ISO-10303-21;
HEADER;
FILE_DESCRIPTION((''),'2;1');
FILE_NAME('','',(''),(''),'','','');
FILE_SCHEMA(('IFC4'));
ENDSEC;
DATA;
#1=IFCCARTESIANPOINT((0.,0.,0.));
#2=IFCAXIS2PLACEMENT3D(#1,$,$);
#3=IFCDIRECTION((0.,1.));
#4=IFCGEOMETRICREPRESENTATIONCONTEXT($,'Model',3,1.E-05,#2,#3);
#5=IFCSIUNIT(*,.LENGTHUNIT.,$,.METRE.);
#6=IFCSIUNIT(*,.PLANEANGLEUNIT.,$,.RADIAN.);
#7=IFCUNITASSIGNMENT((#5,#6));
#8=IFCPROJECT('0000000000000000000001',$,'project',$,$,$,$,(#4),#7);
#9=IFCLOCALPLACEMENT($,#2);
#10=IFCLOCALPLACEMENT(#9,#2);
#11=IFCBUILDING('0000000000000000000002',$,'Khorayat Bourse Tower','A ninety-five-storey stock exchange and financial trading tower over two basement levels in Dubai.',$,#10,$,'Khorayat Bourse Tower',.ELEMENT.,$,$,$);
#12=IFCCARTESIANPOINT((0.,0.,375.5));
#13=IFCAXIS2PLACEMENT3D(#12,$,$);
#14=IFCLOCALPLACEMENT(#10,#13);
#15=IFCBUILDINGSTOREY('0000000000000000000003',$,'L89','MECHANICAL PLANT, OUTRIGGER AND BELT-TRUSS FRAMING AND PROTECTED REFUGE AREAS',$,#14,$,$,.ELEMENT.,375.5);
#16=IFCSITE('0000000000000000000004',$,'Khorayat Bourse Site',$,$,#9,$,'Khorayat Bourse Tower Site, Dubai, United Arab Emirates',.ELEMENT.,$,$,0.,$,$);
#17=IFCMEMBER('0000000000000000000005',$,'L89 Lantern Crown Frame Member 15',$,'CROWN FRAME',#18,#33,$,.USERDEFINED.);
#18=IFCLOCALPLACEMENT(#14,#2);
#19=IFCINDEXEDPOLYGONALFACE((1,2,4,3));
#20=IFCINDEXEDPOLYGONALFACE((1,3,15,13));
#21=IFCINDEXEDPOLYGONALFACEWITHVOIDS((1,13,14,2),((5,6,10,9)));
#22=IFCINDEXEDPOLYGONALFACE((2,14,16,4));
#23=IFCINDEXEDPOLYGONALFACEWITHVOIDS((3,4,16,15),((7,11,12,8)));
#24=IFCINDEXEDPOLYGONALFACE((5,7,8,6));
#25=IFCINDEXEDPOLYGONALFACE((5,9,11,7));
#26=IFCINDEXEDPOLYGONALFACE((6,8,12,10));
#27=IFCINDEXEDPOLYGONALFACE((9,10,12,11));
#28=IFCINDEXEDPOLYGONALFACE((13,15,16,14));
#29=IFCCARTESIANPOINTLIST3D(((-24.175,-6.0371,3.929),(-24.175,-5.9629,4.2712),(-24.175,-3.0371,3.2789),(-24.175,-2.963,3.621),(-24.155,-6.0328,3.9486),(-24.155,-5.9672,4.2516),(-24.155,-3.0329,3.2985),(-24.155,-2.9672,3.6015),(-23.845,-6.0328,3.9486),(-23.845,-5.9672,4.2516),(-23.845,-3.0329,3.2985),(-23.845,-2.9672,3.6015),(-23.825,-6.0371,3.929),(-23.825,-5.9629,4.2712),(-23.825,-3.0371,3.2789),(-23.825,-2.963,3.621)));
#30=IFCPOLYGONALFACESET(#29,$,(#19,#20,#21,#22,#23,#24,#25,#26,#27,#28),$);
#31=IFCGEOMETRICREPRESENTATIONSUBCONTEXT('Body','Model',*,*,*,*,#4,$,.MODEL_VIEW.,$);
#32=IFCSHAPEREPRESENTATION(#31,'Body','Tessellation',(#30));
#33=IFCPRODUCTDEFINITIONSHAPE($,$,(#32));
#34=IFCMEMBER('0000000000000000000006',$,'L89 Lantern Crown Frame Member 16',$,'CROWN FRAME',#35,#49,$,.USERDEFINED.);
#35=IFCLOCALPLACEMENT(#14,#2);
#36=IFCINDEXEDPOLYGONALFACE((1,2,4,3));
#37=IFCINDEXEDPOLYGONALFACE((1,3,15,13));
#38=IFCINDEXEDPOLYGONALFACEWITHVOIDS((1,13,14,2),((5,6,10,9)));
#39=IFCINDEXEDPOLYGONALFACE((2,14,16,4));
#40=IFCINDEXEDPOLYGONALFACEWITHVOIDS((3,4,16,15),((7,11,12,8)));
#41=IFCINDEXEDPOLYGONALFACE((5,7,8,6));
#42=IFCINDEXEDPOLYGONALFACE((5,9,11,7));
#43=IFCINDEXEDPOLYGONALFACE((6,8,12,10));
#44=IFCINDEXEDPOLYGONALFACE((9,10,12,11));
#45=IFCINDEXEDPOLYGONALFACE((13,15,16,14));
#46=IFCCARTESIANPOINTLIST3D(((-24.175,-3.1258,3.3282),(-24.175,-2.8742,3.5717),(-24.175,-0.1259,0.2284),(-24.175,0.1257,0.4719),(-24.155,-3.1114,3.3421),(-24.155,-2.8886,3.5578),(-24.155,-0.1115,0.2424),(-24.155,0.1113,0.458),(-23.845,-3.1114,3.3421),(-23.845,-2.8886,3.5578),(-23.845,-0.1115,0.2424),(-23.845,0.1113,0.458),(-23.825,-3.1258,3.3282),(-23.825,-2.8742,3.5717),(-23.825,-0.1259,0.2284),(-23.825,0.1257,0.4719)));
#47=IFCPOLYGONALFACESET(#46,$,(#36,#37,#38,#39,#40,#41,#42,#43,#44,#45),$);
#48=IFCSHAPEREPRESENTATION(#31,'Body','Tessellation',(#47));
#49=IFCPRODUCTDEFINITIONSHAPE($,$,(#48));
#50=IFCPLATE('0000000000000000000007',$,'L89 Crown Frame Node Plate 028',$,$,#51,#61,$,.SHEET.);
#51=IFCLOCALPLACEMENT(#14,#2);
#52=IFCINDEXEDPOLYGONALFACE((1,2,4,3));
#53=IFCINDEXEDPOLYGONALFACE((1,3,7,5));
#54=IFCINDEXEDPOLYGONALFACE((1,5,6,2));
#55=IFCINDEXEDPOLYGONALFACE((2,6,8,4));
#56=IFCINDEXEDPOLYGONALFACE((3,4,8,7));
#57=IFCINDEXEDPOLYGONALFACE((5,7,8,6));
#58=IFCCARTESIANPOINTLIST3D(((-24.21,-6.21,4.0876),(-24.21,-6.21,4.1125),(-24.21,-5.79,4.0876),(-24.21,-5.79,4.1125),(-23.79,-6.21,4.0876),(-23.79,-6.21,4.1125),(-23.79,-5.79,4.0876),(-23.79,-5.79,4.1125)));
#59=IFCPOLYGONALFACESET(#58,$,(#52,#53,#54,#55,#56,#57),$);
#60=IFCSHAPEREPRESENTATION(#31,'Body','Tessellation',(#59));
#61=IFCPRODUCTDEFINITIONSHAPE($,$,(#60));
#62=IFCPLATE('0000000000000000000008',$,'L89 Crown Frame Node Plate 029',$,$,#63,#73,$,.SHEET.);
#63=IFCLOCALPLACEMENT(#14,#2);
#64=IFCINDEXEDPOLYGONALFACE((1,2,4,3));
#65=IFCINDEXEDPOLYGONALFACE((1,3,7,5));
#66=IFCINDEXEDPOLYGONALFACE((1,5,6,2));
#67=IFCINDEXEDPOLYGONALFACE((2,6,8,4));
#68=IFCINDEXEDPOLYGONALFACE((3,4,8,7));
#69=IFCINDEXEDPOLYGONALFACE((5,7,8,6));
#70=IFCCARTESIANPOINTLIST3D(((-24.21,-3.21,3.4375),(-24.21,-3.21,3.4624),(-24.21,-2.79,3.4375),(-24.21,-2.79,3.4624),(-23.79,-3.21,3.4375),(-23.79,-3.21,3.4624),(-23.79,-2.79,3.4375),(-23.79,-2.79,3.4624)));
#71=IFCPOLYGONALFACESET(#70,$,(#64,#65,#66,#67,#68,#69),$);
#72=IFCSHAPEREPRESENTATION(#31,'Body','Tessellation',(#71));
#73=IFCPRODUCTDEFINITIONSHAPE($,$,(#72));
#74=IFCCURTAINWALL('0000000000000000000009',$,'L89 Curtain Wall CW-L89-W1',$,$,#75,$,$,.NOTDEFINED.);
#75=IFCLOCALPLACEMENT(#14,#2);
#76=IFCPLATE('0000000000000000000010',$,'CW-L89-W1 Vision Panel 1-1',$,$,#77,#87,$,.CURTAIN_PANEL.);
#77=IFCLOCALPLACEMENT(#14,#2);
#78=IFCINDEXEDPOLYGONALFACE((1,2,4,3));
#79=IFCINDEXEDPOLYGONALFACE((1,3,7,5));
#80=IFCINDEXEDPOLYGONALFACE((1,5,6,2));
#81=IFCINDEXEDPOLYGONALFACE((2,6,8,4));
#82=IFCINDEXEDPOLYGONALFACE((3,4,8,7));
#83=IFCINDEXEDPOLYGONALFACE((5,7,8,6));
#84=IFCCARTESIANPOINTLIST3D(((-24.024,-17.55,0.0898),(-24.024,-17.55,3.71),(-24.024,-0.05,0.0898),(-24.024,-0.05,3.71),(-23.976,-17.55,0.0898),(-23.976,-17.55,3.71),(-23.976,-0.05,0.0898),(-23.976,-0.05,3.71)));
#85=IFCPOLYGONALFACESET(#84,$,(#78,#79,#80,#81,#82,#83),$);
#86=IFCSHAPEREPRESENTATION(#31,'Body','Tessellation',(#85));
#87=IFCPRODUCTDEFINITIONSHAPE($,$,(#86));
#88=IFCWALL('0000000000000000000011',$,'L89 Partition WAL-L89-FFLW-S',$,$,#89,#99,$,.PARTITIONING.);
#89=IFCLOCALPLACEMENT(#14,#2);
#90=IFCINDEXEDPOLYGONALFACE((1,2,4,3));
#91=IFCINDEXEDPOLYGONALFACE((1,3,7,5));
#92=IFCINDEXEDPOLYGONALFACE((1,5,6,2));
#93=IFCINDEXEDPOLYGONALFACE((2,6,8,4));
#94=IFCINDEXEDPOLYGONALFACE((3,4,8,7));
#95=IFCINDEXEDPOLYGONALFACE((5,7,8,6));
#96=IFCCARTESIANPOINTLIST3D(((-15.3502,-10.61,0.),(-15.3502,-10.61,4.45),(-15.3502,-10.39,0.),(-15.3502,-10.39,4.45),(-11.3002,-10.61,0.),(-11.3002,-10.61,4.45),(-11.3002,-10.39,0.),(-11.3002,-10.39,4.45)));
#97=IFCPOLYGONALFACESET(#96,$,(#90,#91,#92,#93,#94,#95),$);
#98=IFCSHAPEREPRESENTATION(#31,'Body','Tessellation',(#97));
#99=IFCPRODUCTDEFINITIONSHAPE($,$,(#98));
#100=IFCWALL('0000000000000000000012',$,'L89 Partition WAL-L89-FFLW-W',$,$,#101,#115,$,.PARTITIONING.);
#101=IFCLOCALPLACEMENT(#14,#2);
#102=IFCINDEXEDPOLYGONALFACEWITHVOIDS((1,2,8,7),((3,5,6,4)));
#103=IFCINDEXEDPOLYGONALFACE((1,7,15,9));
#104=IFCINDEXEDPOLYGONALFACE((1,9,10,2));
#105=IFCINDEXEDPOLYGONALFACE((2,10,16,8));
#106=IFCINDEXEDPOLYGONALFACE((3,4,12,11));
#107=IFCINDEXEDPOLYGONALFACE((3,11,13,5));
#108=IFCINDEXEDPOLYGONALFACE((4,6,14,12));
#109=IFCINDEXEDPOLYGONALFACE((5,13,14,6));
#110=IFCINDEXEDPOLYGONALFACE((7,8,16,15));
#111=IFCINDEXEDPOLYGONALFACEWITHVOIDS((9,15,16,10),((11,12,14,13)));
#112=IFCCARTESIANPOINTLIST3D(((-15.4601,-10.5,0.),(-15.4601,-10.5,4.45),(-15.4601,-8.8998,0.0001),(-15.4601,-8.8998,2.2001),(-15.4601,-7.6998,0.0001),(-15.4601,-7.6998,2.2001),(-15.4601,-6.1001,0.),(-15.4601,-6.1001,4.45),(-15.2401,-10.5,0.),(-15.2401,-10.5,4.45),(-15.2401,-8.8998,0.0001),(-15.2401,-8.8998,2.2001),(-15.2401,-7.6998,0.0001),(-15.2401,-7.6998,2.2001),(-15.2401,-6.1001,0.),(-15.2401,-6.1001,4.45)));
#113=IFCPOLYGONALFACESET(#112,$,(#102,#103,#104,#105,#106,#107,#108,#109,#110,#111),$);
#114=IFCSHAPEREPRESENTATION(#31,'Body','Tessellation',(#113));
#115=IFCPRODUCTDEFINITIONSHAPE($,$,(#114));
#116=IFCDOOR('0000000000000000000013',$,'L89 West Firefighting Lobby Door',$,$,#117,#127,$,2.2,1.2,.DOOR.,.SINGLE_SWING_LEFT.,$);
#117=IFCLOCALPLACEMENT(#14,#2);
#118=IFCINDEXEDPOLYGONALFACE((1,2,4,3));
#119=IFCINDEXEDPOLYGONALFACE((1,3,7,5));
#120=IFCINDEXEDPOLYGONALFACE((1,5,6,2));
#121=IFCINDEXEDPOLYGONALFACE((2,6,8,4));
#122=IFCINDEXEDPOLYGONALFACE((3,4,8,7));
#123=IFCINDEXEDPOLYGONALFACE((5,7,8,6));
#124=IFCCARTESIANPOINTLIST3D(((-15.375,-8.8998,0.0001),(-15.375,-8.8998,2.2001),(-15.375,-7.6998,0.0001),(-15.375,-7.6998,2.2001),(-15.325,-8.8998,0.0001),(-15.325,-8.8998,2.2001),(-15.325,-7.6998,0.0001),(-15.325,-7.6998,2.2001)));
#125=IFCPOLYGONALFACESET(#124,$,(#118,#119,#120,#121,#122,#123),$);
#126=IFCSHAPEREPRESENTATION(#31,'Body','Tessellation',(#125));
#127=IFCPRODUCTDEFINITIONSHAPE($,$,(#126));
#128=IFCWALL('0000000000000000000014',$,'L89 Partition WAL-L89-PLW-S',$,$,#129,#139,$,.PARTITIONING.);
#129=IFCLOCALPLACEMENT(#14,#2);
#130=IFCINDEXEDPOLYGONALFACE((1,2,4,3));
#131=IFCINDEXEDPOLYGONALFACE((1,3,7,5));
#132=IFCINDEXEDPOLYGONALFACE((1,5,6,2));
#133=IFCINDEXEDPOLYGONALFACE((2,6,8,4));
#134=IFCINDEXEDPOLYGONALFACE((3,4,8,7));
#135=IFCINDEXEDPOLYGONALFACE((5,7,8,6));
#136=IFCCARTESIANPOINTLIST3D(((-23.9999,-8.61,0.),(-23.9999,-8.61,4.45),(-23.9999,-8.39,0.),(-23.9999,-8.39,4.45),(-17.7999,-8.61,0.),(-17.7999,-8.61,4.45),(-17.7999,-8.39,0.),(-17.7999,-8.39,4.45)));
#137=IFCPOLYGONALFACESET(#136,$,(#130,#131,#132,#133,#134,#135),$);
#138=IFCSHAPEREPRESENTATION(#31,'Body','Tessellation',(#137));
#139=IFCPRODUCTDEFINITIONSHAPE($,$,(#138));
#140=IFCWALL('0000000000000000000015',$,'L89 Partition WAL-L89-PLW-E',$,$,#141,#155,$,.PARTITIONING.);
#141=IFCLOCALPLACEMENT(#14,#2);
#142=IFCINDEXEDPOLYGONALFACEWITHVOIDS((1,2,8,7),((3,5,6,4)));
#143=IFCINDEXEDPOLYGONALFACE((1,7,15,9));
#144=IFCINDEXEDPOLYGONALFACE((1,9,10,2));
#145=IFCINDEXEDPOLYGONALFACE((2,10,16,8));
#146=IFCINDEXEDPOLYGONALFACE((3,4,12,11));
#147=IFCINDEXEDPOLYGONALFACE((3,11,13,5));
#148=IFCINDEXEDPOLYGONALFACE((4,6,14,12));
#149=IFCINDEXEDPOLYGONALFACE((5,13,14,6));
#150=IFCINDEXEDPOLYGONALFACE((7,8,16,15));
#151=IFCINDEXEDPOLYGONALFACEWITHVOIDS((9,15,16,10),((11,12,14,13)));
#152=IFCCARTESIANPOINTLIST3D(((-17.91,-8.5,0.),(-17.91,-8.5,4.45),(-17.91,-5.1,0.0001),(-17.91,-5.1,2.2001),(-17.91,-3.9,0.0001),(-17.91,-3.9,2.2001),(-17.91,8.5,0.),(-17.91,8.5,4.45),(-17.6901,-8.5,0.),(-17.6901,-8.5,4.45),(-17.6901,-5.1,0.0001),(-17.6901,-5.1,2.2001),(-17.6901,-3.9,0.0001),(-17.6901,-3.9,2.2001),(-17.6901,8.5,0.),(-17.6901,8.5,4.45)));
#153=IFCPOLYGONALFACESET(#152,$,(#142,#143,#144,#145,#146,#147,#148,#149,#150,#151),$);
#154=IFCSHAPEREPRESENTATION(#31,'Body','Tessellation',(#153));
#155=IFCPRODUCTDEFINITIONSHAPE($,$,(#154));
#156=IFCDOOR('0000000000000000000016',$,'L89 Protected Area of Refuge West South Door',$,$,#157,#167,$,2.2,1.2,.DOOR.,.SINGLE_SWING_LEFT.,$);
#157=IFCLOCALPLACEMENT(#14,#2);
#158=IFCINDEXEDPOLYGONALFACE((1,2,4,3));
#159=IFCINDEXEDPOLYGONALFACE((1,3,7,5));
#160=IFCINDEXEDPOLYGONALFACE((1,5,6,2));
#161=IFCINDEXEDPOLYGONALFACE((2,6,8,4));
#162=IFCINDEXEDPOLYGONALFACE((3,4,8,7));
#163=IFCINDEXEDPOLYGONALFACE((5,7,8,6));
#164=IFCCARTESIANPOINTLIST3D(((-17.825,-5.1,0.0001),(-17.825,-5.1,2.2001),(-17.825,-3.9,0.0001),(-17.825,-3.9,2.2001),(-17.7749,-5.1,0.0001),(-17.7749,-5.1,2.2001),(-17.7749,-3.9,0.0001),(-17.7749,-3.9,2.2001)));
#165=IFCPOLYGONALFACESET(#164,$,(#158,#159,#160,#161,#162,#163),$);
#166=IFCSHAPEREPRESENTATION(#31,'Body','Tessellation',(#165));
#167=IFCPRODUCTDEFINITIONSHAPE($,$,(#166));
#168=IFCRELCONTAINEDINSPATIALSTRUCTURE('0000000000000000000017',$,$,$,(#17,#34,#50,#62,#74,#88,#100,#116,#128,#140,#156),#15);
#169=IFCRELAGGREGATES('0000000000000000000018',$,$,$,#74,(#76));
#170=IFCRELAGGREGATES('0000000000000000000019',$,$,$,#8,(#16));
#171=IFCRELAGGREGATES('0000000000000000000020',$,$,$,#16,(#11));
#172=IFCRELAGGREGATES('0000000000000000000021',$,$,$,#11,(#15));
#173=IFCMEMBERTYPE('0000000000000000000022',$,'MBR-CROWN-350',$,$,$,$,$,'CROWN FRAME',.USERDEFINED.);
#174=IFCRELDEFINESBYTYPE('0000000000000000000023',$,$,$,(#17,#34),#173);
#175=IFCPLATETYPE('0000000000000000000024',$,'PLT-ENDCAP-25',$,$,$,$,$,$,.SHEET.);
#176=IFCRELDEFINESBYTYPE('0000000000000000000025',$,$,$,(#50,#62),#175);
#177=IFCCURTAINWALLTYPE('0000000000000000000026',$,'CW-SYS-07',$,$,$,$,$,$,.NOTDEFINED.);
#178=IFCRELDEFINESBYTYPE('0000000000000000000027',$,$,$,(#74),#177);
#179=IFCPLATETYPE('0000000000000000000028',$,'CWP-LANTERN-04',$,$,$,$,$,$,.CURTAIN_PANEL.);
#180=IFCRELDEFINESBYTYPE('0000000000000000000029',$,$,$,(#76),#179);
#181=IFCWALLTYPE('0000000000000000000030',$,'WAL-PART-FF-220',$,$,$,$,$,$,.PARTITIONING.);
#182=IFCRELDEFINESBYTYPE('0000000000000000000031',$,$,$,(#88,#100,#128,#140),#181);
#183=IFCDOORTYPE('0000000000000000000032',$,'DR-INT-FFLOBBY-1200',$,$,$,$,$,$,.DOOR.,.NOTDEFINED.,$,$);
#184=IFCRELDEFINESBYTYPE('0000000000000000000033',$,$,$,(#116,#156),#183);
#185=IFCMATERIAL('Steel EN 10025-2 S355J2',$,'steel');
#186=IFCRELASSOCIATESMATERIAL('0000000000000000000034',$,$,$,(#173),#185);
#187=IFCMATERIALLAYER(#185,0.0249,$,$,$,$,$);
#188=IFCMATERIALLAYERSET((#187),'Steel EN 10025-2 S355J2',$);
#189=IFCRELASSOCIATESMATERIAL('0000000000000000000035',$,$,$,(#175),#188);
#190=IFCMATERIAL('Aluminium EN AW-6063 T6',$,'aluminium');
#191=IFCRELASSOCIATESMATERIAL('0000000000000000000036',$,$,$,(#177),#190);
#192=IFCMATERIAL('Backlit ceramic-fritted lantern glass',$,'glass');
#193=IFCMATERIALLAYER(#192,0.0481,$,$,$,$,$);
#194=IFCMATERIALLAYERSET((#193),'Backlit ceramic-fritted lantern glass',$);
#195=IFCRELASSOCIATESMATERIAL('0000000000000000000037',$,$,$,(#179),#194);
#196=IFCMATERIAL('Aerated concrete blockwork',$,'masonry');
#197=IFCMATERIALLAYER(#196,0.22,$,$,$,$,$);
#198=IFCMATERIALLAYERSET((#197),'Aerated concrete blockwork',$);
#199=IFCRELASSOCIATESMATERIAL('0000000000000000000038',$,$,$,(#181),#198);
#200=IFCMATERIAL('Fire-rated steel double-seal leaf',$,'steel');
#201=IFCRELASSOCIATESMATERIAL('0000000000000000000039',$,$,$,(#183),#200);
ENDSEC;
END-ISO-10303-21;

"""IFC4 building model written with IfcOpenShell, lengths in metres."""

from ifc_helpers import new_model, si_unit, direction, frame, frame_2d, origin, origin_2d, place, context, subcontext, project, spatial, rectangle, hollow_rectangle, extrude, source, transform, mapped, material, layer, layer_set, material_profile, profile_set, type_object, element, fill, aggregate, save


model = new_model("IFC4")

# Units and contexts
model_context = context("Model", 3, precision=1e-05, world=origin(), true_north=direction((0.0, 1.0)))
body_context = subcontext(model_context, "Body", "Model", "MODEL_VIEW")
ifc_project = project(units=[si_unit("LENGTHUNIT", "METRE"), si_unit("PLANEANGLEUNIT", "RADIAN")], contexts=[model_context])

# Site, building, storey
site_placement = place(None, origin())
site = spatial("IfcSite", under=ifc_project, at=site_placement, Name="Khorayat Bourse Site", LongName="Khorayat Bourse Tower Site, Dubai, United Arab Emirates", CompositionType="ELEMENT", RefElevation=0.0)
building_placement = place(site_placement, origin())
building = spatial("IfcBuilding", under=site, at=building_placement, Name="Khorayat Bourse Tower", Description="A ninety-five-storey stock exchange and financial trading tower over two basement levels in Dubai.", LongName="Khorayat Bourse Tower", CompositionType="ELEMENT")
storey_placement = place(building_placement, frame((0.0, 0.0, 375.5)))
storey = spatial("IfcBuildingStorey", under=building, at=storey_placement, Name="L89", Description="MECHANICAL PLANT, OUTRIGGER AND BELT-TRUSS FRAMING AND PROTECTED REFUGE AREAS", CompositionType="ELEMENT", Elevation=375.5)

# Shared definitions
ifc_material_1 = material(Name="Steel EN 10025-2 S355J2", Category="steel")

# Members
ifc_material_profile_1 = material_profile(ifc_material_1, hollow_rectangle(XDim=0.3501, YDim=0.3501, WallThickness=0.02, at=origin_2d()), Name="HSS 350x350x20")
ifc_profile_set_1 = profile_set([ifc_material_profile_1], Name="Steel EN 10025-2 S355J2")
member_type = type_object("IfcMemberType", Name="MBR-CROWN-350", ElementType="CROWN FRAME", PredefinedType="USERDEFINED", material=ifc_profile_set_1)
shared_shape_1 = source(origin(), body_context, "Body", "SweptSolid", [
    extrude(hollow_rectangle(XDim=0.3501, YDim=0.3501, WallThickness=0.02, at=origin_2d()), origin(), (0.0, 0.0, 1.0), 3.0696),
])
member_1_placement = place(storey_placement, frame((-24.0, -6.0, 4.1001), z_axis=(0.0, 0.977313, -0.211799), x_axis=(-1.0, 0.0, 0.0)))
element("IfcMember", 1, at=member_1_placement, inside=storey, type_object=member_type, Name="L89 Lantern Crown Frame Member 15", ObjectType="CROWN FRAME", PredefinedType="USERDEFINED", context=body_context, shape_type="MappedRepresentation", body=[
    mapped(shared_shape_1, transform((0.0, 0.0, 0.0), scale=1.0)),
])
shared_shape_2 = source(origin(), body_context, "Body", "SweptSolid", [
    extrude(hollow_rectangle(XDim=0.3501, YDim=0.3501, WallThickness=0.02, at=origin_2d()), origin(), (0.0, 0.0, 1.0), 4.3137),
])
member_2_placement = place(storey_placement, frame((-24.0, -3.0, 3.45), z_axis=(0.0, 0.695438, -0.718586), x_axis=(-1.0, 0.0, 0.0)))
element("IfcMember", 2, at=member_2_placement, inside=storey, type_object=member_type, Name="L89 Lantern Crown Frame Member 16", ObjectType="CROWN FRAME", PredefinedType="USERDEFINED", context=body_context, shape_type="MappedRepresentation", body=[
    mapped(shared_shape_2, transform((0.0, 0.0, 0.0), scale=1.0)),
])

# Plates
ifc_layer_1 = layer(ifc_material_1, 0.0249)
ifc_layer_set_1 = layer_set([ifc_layer_1], Name="Steel EN 10025-2 S355J2")
plate_type_1 = type_object("IfcPlateType", Name="PLT-ENDCAP-25", PredefinedType="SHEET", material=ifc_layer_set_1)
shared_shape_3 = source(origin(), body_context, "Body", "SweptSolid", [
    extrude(rectangle(XDim=0.4199, YDim=0.4199, at=origin_2d()), origin(), (0.0, 0.0, 1.0), 0.0249),
])
for number, where, z_axis, x_axis, name in (
    (3, (-24.0, -6.0, 4.0876), (0.0, 0.0, 1.0), (1.0, 0.0, 0.0), "L89 Crown Frame Node Plate 028"),
    (4, (-24.0, -3.0, 3.4375), (0.0, 0.0, 1.0), (1.0, 0.0, 0.0), "L89 Crown Frame Node Plate 029"),
):
    element("IfcPlate", number, at=place(storey_placement, frame(where, z_axis=z_axis, x_axis=x_axis)), inside=storey, type_object=plate_type_1, Name=name, PredefinedType="SHEET", context=body_context, shape_type="MappedRepresentation", body=[
        mapped(shared_shape_3, transform((0.0, 0.0, 0.0), scale=1.0)),
    ])

# Curtain wall, plate
ifc_material_2 = material(Name="Aluminium EN AW-6063 T6", Category="aluminium")
curtain_wall_type = type_object("IfcCurtainWallType", Name="CW-SYS-07", PredefinedType="NOTDEFINED", material=ifc_material_2)
curtain_wall_placement = place(storey_placement, origin())
curtain_wall = element("IfcCurtainWall", 5, at=curtain_wall_placement, inside=storey, type_object=curtain_wall_type, Name="L89 Curtain Wall CW-L89-W1", PredefinedType="NOTDEFINED")
ifc_material_3 = material(Name="Backlit ceramic-fritted lantern glass", Category="glass")
ifc_layer_2 = layer(ifc_material_3, 0.0481)
ifc_layer_set_2 = layer_set([ifc_layer_2], Name="Backlit ceramic-fritted lantern glass")
plate_type_2 = type_object("IfcPlateType", Name="CWP-LANTERN-04", PredefinedType="CURTAIN_PANEL", material=ifc_layer_set_2)
shared_shape_4 = source(origin(), body_context, "Body", "SweptSolid", [
    extrude(rectangle(XDim=17.5, YDim=0.0481, at=origin_2d()), origin(), (0.0, 0.0, 1.0), 3.6201),
])
plate_placement = place(storey_placement, frame((-24.0, -8.8, 0.0898), z_axis=(0.0, 0.0, 1.0), x_axis=(0.0, 1.0, 0.0)))
plate = element("IfcPlate", 6, at=plate_placement, type_object=plate_type_2, Name="CW-L89-W1 Vision Panel 1-1", PredefinedType="CURTAIN_PANEL", context=body_context, shape_type="MappedRepresentation", body=[
    mapped(shared_shape_4, transform((0.0, 0.0, 0.0), scale=1.0)),
])
aggregate(curtain_wall, [plate])

# Wall
ifc_material_4 = material(Name="Aerated concrete blockwork", Category="masonry")
ifc_layer_3 = layer(ifc_material_4, 0.22)
ifc_layer_set_3 = layer_set([ifc_layer_3], Name="Aerated concrete blockwork")
wall_type = type_object("IfcWallType", Name="WAL-PART-FF-220", PredefinedType="PARTITIONING", material=ifc_layer_set_3)
shared_shape_5 = source(origin(), body_context, "Body", "SweptSolid", [
    extrude(rectangle(XDim=4.05, YDim=0.22, at=frame_2d((2.0249, 0.0))), origin(), (0.0, 0.0, 1.0), 4.45),
])
wall_1_placement = place(storey_placement, frame((-15.3501, -10.5, 0.0), z_axis=(0.0, 0.0, 1.0), x_axis=(1.0, 0.0, 0.0)))
element("IfcWall", 7, at=wall_1_placement, inside=storey, type_object=wall_type, Name="L89 Partition WAL-L89-FFLW-S", PredefinedType="PARTITIONING", context=body_context, shape_type="MappedRepresentation", body=[
    mapped(shared_shape_5, transform((0.0, 0.0, 0.0), scale=1.0)),
])

# Wall, opening, door
shared_shape_6 = source(origin(), body_context, "Body", "SweptSolid", [
    extrude(rectangle(XDim=4.3999, YDim=0.22, at=frame_2d((2.2, 0.0))), origin(), (0.0, 0.0, 1.0), 4.45),
])
wall_2_placement = place(storey_placement, frame((-15.3501, -10.5, 0.0), z_axis=(0.0, 0.0, 1.0), x_axis=(0.0, 1.0, 0.0)))
wall_2 = element("IfcWall", 8, at=wall_2_placement, inside=storey, type_object=wall_type, Name="L89 Partition WAL-L89-FFLW-W", PredefinedType="PARTITIONING", context=body_context, shape_type="MappedRepresentation", body=[
    mapped(shared_shape_6, transform((0.0, 0.0, 0.0), scale=1.0)),
])
shared_shape_7 = source(origin(), body_context, "Body", "SweptSolid", [
    extrude(rectangle(XDim=1.2, YDim=2.2, at=frame_2d((0.6001, 1.1001))), frame((0.0, 0.1199, 0.0), z_axis=(0.0, -1.0, 0.0), x_axis=(1.0, 0.0, 0.0)), (0.0, 0.0, 1.0), 0.24),
])
opening_1_placement = place(wall_2_placement, frame((1.6001, 0.0, 0.0)))
opening_1 = element("IfcOpeningElement", 9, at=opening_1_placement, cuts=wall_2, PredefinedType="OPENING", context=body_context, shape_type="MappedRepresentation", body=[
    mapped(shared_shape_7, transform((0.0, 0.0, 0.0), scale=1.0)),
])
ifc_material_5 = material(Name="Fire-rated steel double-seal leaf", Category="steel")
door_type = type_object("IfcDoorType", Name="DR-INT-FFLOBBY-1200", OperationType="NOTDEFINED", PredefinedType="DOOR", material=ifc_material_5)
shared_shape_8 = source(origin(), body_context, "Body", "SweptSolid", [
    extrude(rectangle(XDim=1.2, YDim=2.2, at=frame_2d((0.6001, 1.1001))), frame((0.0, 0.0249, 0.0), z_axis=(0.0, -1.0, 0.0), x_axis=(1.0, 0.0, 0.0)), (0.0, 0.0, 1.0), 0.05),
])
door_1_placement = place(opening_1_placement, origin())
door_1 = element("IfcDoor", 10, at=door_1_placement, inside=storey, type_object=door_type, Name="L89 West Firefighting Lobby Door", OperationType="SINGLE_SWING_LEFT", OverallHeight=2.2, OverallWidth=1.2, PredefinedType="DOOR", context=body_context, shape_type="MappedRepresentation", body=[
    mapped(shared_shape_8, transform((0.0, 0.0, 0.0), scale=1.0)),
])
fill(opening_1, door_1)

# Wall
shared_shape_9 = source(origin(), body_context, "Body", "SweptSolid", [
    extrude(rectangle(XDim=6.2, YDim=0.22, at=frame_2d((3.1001, 0.0))), origin(), (0.0, 0.0, 1.0), 4.45),
])
wall_3_placement = place(storey_placement, frame((-24.0, -8.5, 0.0), z_axis=(0.0, 0.0, 1.0), x_axis=(1.0, 0.0, 0.0)))
element("IfcWall", 11, at=wall_3_placement, inside=storey, type_object=wall_type, Name="L89 Partition WAL-L89-PLW-S", PredefinedType="PARTITIONING", context=body_context, shape_type="MappedRepresentation", body=[
    mapped(shared_shape_9, transform((0.0, 0.0, 0.0), scale=1.0)),
])

# Wall, opening, door
shared_shape_10 = source(origin(), body_context, "Body", "SweptSolid", [
    extrude(rectangle(XDim=17.0, YDim=0.22, at=frame_2d((8.5, 0.0))), origin(), (0.0, 0.0, 1.0), 4.45),
])
wall_4_placement = place(storey_placement, frame((-17.8, -8.5, 0.0), z_axis=(0.0, 0.0, 1.0), x_axis=(0.0, 1.0, 0.0)))
wall_4 = element("IfcWall", 12, at=wall_4_placement, inside=storey, type_object=wall_type, Name="L89 Partition WAL-L89-PLW-E", PredefinedType="PARTITIONING", context=body_context, shape_type="MappedRepresentation", body=[
    mapped(shared_shape_10, transform((0.0, 0.0, 0.0), scale=1.0)),
])
opening_2_placement = place(wall_4_placement, frame((3.3999, 0.0, 0.0)))
opening_2 = element("IfcOpeningElement", 13, at=opening_2_placement, cuts=wall_4, PredefinedType="OPENING", context=body_context, shape_type="MappedRepresentation", body=[
    mapped(shared_shape_7, transform((0.0, 0.0, 0.0), scale=1.0)),
])
door_2_placement = place(opening_2_placement, origin())
door_2 = element("IfcDoor", 14, at=door_2_placement, inside=storey, type_object=door_type, Name="L89 Protected Area of Refuge West South Door", OperationType="SINGLE_SWING_LEFT", OverallHeight=2.2, OverallWidth=1.2, PredefinedType="DOOR", context=body_context, shape_type="MappedRepresentation", body=[
    mapped(shared_shape_8, transform((0.0, 0.0, 0.0), scale=1.0)),
])
fill(opening_2, door_2)

save(model, "model.ifc")
